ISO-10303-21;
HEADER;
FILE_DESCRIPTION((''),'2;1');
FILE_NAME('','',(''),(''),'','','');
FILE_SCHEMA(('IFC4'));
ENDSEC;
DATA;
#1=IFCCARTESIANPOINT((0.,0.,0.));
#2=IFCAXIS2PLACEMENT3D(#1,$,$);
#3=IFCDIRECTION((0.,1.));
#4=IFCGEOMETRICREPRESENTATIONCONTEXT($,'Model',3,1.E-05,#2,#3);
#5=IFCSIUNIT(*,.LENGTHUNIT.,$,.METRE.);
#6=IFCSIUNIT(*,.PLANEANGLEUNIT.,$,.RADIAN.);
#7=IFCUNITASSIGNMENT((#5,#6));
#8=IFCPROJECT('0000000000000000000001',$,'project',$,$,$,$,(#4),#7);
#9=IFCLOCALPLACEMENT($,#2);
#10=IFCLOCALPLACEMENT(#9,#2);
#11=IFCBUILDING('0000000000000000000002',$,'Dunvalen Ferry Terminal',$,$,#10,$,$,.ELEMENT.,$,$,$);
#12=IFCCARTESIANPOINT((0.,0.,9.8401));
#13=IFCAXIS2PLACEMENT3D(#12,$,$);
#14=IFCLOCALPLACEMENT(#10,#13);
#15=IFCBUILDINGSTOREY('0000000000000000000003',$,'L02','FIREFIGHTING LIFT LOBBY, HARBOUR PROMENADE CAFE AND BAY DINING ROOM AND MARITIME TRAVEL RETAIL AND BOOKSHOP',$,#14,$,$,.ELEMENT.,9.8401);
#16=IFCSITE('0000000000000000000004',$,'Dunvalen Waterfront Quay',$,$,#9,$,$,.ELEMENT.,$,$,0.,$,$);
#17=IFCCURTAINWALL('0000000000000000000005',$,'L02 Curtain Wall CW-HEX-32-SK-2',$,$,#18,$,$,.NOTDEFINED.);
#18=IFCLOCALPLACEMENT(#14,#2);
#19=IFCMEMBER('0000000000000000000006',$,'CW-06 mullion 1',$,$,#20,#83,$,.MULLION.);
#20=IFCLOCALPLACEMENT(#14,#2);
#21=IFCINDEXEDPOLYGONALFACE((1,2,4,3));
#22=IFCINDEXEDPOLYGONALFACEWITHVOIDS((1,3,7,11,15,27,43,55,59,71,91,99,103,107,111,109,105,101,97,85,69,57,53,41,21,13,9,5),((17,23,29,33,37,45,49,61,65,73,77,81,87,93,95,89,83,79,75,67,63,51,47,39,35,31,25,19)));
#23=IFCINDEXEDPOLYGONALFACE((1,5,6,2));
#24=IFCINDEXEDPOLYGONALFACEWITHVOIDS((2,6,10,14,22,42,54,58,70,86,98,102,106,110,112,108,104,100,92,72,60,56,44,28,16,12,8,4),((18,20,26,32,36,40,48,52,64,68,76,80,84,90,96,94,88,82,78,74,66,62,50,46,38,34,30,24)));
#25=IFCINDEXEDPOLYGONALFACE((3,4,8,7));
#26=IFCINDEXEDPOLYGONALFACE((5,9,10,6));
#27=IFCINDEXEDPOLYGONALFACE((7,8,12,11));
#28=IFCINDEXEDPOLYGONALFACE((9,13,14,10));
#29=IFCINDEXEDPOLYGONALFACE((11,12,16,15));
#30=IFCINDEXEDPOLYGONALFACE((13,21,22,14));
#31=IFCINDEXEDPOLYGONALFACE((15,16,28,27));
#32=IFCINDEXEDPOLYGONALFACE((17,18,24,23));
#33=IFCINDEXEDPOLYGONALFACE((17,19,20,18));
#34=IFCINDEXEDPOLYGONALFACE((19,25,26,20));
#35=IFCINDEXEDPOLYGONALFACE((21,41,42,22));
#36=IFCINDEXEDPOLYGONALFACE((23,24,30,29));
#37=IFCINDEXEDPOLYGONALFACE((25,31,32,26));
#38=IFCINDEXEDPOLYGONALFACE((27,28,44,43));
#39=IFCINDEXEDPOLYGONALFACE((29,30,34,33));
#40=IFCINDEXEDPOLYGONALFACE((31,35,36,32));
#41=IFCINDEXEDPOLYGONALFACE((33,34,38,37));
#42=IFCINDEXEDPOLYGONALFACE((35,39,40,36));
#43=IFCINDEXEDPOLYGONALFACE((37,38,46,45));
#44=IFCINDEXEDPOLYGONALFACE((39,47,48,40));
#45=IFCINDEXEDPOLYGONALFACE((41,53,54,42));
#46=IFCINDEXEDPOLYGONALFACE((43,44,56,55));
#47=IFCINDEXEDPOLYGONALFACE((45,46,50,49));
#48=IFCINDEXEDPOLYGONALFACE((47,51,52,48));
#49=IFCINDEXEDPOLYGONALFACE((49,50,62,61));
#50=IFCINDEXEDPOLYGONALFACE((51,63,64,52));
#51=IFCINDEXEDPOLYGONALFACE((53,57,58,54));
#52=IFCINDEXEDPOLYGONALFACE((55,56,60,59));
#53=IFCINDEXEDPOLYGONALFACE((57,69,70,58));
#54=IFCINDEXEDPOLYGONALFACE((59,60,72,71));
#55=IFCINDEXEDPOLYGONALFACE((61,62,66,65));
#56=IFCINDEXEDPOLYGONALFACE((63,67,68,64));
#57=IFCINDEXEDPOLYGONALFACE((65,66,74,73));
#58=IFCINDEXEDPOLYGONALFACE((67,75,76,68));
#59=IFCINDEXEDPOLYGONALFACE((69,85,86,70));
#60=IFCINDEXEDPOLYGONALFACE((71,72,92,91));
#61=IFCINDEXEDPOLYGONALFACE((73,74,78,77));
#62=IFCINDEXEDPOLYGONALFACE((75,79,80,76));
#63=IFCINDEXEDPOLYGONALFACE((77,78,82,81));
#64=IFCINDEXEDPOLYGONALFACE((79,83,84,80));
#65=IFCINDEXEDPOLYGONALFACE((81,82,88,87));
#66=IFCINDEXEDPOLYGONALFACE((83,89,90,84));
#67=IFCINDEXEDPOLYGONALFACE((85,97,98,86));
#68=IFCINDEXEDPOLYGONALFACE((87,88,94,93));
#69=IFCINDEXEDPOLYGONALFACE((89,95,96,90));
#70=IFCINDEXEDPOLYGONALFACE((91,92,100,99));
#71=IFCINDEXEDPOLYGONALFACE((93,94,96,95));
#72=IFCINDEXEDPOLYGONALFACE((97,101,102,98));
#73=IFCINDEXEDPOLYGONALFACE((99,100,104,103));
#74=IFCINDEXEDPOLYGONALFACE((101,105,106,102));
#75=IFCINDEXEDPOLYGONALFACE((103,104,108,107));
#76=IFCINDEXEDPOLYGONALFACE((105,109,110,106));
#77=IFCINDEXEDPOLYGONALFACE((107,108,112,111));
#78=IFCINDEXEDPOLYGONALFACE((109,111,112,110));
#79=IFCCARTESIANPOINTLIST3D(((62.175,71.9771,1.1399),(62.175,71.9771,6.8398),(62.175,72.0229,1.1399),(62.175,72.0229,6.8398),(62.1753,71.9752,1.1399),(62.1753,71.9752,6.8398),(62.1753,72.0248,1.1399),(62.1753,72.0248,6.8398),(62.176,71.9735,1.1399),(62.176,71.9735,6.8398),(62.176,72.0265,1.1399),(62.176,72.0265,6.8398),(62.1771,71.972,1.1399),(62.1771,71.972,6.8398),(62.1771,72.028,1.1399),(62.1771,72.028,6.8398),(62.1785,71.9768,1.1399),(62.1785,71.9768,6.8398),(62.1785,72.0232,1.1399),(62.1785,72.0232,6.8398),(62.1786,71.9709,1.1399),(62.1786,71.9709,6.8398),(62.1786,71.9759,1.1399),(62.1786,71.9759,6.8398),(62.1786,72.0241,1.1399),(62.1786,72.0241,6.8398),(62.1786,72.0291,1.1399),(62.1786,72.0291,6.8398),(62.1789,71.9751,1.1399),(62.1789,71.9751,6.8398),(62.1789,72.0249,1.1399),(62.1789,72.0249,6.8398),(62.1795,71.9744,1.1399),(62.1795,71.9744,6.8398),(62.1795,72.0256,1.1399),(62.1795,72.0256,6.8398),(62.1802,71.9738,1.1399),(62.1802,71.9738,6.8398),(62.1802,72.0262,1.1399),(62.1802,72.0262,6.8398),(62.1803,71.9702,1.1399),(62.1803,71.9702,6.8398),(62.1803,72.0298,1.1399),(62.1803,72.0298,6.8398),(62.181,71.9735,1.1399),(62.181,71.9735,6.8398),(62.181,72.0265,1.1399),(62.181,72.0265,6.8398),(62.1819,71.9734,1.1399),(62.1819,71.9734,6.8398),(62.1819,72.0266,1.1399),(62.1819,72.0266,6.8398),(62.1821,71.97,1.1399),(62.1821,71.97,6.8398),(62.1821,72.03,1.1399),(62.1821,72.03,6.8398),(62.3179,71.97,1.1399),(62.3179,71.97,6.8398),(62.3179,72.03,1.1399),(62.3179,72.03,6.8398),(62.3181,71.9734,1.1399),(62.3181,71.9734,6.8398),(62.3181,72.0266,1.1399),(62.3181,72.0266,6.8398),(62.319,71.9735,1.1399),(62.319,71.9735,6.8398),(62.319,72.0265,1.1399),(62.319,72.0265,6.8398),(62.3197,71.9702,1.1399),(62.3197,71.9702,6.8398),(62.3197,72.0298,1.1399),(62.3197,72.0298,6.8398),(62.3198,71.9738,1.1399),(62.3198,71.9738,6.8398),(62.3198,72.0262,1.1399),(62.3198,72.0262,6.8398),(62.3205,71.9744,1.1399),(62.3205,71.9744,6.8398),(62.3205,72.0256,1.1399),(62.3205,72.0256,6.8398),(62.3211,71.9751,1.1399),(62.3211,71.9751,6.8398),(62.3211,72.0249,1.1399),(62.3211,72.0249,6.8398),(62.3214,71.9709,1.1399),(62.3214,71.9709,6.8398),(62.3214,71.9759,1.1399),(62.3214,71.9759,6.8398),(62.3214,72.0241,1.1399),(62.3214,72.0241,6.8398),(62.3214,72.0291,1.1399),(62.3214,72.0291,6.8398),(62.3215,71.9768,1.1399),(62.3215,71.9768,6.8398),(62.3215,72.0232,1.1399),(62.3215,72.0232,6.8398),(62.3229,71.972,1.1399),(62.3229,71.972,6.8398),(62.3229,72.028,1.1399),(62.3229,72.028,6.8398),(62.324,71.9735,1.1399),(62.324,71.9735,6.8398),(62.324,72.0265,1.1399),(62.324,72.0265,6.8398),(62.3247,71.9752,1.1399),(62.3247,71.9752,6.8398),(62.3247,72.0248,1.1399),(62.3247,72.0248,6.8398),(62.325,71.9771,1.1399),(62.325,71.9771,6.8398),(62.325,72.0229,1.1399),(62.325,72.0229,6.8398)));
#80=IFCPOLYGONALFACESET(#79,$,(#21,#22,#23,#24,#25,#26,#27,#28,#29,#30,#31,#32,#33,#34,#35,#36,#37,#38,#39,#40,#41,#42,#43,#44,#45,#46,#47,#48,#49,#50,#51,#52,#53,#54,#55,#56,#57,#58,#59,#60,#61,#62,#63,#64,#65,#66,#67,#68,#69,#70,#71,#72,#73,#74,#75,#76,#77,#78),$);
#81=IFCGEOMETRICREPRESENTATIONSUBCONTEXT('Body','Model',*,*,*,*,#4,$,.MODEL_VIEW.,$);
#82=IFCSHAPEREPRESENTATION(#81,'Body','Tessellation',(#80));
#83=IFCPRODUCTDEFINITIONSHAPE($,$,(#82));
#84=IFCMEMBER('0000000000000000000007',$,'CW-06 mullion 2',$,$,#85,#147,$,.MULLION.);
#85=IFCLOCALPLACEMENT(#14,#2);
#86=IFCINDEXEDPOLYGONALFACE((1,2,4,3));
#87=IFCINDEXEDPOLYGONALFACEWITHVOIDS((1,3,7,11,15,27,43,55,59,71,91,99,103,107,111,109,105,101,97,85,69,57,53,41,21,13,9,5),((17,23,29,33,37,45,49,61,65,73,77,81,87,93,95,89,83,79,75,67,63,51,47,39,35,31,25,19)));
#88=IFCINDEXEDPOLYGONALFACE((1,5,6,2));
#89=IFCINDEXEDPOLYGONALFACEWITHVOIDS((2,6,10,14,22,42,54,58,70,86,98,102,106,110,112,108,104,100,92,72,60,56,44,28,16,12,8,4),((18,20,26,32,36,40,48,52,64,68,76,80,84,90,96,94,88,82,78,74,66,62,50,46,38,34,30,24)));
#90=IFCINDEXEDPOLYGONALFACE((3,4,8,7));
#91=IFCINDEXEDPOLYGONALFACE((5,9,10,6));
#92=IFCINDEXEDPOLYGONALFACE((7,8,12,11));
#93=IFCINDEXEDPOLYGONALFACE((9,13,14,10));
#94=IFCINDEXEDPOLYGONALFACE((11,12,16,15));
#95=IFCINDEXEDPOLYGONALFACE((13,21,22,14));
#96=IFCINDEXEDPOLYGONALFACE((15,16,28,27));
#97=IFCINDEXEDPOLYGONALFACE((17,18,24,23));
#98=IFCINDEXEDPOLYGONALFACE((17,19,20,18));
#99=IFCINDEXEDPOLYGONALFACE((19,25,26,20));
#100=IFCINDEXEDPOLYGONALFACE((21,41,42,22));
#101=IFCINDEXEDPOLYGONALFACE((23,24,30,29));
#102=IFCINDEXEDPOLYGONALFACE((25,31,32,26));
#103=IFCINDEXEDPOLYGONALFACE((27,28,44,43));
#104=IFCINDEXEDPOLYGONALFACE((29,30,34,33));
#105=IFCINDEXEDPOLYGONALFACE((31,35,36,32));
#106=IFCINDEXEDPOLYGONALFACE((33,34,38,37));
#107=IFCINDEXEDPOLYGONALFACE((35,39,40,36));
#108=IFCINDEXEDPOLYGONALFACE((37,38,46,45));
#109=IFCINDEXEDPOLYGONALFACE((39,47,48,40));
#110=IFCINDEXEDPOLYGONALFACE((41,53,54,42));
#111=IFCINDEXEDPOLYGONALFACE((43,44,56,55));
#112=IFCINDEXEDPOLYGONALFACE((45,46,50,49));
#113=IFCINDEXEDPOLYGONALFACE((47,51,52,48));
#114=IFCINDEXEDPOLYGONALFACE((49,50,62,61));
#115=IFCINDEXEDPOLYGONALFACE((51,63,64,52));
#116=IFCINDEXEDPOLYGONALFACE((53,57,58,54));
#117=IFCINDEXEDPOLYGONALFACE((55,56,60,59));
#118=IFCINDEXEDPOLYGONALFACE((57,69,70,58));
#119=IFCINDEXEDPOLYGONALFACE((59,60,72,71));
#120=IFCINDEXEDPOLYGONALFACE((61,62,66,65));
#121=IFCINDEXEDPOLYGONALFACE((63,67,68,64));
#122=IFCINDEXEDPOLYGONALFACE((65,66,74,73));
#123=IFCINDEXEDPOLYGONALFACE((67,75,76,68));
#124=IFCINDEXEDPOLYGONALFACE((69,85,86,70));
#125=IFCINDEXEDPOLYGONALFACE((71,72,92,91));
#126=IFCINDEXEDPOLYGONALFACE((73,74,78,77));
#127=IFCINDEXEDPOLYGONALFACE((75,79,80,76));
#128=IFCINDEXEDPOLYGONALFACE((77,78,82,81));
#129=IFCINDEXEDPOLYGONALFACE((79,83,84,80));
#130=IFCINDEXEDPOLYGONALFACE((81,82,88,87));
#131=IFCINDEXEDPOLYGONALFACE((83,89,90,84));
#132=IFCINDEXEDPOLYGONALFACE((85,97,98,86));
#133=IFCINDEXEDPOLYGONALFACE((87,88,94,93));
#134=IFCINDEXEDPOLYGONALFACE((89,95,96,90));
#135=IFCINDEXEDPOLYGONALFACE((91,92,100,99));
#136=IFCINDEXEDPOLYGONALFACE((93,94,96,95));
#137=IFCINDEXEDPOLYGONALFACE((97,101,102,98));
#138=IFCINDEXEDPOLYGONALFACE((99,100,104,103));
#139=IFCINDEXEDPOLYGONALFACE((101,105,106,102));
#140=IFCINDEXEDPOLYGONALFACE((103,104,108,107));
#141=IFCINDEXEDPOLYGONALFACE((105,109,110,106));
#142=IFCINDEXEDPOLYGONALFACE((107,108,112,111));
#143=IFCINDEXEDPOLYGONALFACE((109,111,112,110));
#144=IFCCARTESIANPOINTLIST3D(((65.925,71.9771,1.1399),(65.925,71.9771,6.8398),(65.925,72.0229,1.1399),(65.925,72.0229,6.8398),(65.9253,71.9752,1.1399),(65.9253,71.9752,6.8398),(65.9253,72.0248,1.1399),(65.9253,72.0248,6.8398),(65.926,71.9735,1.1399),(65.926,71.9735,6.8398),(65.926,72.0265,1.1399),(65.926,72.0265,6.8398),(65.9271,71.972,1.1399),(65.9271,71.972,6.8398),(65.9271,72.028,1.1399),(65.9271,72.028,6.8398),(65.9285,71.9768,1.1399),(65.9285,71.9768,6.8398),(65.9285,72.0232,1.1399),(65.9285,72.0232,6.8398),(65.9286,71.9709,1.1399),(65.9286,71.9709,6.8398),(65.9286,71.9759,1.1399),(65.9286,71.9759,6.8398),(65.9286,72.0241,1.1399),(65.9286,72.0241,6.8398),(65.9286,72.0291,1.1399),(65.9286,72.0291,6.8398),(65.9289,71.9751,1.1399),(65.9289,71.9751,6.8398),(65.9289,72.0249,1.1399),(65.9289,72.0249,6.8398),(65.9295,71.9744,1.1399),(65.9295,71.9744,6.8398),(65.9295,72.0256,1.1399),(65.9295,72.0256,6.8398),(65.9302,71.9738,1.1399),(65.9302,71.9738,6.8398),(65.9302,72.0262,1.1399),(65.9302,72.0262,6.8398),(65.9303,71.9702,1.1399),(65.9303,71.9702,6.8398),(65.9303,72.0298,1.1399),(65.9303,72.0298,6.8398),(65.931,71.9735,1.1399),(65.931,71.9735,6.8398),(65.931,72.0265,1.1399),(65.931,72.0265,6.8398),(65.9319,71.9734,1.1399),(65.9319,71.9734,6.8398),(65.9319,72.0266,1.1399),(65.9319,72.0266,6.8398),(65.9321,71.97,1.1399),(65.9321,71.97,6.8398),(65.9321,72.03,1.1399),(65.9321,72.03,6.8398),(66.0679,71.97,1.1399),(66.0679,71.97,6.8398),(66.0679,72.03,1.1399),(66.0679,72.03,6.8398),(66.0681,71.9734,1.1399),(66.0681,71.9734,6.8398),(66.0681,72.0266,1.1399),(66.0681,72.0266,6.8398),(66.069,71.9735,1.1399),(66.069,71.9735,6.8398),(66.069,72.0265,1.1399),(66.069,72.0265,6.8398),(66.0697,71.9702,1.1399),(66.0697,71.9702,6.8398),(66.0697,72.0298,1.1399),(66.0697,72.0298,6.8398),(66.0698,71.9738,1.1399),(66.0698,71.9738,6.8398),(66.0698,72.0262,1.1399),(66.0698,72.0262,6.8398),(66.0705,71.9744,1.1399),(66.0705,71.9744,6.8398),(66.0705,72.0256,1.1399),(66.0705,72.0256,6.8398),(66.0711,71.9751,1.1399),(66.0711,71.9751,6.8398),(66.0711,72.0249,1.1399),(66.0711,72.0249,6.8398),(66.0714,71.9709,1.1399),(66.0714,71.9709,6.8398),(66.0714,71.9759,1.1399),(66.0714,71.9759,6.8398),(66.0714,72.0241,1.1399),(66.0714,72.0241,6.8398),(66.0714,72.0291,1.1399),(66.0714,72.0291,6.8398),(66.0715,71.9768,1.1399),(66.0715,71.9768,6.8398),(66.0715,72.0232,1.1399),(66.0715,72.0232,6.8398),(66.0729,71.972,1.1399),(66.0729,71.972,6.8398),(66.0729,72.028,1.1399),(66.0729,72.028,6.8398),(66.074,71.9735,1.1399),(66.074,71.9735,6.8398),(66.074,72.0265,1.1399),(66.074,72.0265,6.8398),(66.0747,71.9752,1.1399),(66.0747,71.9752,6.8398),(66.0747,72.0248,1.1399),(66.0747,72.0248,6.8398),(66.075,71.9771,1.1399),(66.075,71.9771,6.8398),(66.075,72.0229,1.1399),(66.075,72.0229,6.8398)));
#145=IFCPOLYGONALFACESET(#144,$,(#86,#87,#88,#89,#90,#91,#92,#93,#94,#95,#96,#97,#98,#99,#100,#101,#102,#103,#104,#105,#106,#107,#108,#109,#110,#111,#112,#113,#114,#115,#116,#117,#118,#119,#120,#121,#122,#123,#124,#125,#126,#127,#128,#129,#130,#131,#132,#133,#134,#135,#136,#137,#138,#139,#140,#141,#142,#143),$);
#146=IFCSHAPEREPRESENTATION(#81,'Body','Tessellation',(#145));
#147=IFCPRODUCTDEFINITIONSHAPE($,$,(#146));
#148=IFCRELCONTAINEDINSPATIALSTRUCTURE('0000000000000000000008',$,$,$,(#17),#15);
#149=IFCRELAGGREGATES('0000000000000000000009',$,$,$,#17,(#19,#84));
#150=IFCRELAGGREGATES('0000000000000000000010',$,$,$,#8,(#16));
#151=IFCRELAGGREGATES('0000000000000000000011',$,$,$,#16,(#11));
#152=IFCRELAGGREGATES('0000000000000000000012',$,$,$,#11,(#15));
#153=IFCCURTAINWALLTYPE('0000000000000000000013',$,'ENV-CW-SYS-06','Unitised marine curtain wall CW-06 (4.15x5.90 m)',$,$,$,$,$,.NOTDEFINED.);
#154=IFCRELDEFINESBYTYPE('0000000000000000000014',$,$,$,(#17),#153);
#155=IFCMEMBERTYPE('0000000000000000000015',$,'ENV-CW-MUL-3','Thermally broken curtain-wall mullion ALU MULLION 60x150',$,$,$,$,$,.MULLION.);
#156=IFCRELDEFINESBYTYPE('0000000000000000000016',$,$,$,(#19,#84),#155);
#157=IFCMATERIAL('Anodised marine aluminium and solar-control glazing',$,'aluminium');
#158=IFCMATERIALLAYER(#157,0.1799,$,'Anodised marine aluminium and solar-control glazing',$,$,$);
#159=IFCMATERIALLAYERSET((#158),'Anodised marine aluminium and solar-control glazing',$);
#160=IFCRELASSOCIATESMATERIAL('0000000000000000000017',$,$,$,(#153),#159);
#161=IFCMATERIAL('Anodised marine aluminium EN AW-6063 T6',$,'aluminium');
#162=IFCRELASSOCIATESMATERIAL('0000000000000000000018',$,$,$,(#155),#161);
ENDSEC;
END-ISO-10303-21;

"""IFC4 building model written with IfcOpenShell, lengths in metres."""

from ifc_helpers import new_model, si_unit, direction, frame, origin, origin_2d, place, context, subcontext, project, spatial, hollow_rectangle, extrude, material, layer, layer_set, material_profile, profile_set, type_object, element, aggregate, save


model = new_model("IFC4")

# Units and contexts
model_context = context("Model", 3, precision=1e-05, world=origin(), true_north=direction((0.0, 1.0)))
body_context = subcontext(model_context, "Body", "Model", "MODEL_VIEW")
ifc_project = project(units=[si_unit("LENGTHUNIT", "METRE"), si_unit("PLANEANGLEUNIT", "RADIAN")], contexts=[model_context])

# Site, building, storey
site_placement = place(None, origin())
site = spatial("IfcSite", under=ifc_project, at=site_placement, Name="Dunvalen Waterfront Quay", CompositionType="ELEMENT", RefElevation=0.0)
building_placement = place(site_placement, origin())
building = spatial("IfcBuilding", under=site, at=building_placement, Name="Dunvalen Ferry Terminal", CompositionType="ELEMENT")
storey_placement = place(building_placement, frame((0.0, 0.0, 9.8401)))
storey = spatial("IfcBuildingStorey", under=building, at=storey_placement, Name="L02", Description="FIREFIGHTING LIFT LOBBY, HARBOUR PROMENADE CAFE AND BAY DINING ROOM AND MARITIME TRAVEL RETAIL AND BOOKSHOP", CompositionType="ELEMENT", Elevation=9.8401)

# Curtain wall, members
ifc_material_1 = material(Name="Anodised marine aluminium and solar-control glazing", Category="aluminium")
ifc_layer_1 = layer(ifc_material_1, 0.1799, Name="Anodised marine aluminium and solar-control glazing")
ifc_layer_set_1 = layer_set([ifc_layer_1], Name="Anodised marine aluminium and solar-control glazing")
curtain_wall_type = type_object("IfcCurtainWallType", Name="ENV-CW-SYS-06", Description="Unitised marine curtain wall CW-06 (4.15x5.90 m)", PredefinedType="NOTDEFINED", material=ifc_layer_set_1)
curtain_wall_placement = place(storey_placement, origin())
curtain_wall = element("IfcCurtainWall", 1, at=curtain_wall_placement, inside=storey, type_object=curtain_wall_type, Name="L02 Curtain Wall CW-HEX-32-SK-2", PredefinedType="NOTDEFINED")
ifc_material_2 = material(Name="Anodised marine aluminium EN AW-6063 T6", Category="aluminium")
ifc_material_profile_1 = material_profile(ifc_material_2, hollow_rectangle(XDim=0.0601, YDim=0.1499, WallThickness=0.0034, InnerFilletRadius=0.0034, OuterFilletRadius=0.0071, at=origin_2d()), Name="Anodised marine aluminium EN AW-6063 T6")
ifc_profile_set_1 = profile_set([ifc_material_profile_1], Name="Anodised marine aluminium EN AW-6063 T6")
member_type_1 = type_object("IfcMemberType", Name="ENV-CW-MUL-3", Description="Thermally broken curtain-wall mullion ALU MULLION 60x150", PredefinedType="MULLION", material=ifc_profile_set_1)
member_1_placement = place(storey_placement, frame((62.25, 72.0, 1.1399), z_axis=(0.0, 0.0, 1.0), x_axis=(0.0, 1.0, 0.0)))
member_1 = element("IfcMember", 2, at=member_1_placement, type_object=member_type_1, Name="CW-06 mullion 1", PredefinedType="MULLION", context=body_context, shape_type="SweptSolid", body=[
    extrude(hollow_rectangle(XDim=0.0601, YDim=0.1499, WallThickness=0.0034, InnerFilletRadius=0.0034, OuterFilletRadius=0.0071, at=origin_2d()), origin(), (0.0, 0.0, 1.0), 5.7),
])
member_2_placement = place(storey_placement, frame((66.0, 72.0, 1.1399), z_axis=(0.0, 0.0, 1.0), x_axis=(0.0, 1.0, 0.0)))
member_2 = element("IfcMember", 3, at=member_2_placement, type_object=member_type_1, Name="CW-06 mullion 2", PredefinedType="MULLION", context=body_context, shape_type="SweptSolid", body=[
    extrude(hollow_rectangle(XDim=0.0601, YDim=0.1499, WallThickness=0.0034, InnerFilletRadius=0.0034, OuterFilletRadius=0.0071, at=origin_2d()), origin(), (0.0, 0.0, 1.0), 5.7),
])

aggregate(curtain_wall, [member_1, member_2])

save(model, "model.ifc")
